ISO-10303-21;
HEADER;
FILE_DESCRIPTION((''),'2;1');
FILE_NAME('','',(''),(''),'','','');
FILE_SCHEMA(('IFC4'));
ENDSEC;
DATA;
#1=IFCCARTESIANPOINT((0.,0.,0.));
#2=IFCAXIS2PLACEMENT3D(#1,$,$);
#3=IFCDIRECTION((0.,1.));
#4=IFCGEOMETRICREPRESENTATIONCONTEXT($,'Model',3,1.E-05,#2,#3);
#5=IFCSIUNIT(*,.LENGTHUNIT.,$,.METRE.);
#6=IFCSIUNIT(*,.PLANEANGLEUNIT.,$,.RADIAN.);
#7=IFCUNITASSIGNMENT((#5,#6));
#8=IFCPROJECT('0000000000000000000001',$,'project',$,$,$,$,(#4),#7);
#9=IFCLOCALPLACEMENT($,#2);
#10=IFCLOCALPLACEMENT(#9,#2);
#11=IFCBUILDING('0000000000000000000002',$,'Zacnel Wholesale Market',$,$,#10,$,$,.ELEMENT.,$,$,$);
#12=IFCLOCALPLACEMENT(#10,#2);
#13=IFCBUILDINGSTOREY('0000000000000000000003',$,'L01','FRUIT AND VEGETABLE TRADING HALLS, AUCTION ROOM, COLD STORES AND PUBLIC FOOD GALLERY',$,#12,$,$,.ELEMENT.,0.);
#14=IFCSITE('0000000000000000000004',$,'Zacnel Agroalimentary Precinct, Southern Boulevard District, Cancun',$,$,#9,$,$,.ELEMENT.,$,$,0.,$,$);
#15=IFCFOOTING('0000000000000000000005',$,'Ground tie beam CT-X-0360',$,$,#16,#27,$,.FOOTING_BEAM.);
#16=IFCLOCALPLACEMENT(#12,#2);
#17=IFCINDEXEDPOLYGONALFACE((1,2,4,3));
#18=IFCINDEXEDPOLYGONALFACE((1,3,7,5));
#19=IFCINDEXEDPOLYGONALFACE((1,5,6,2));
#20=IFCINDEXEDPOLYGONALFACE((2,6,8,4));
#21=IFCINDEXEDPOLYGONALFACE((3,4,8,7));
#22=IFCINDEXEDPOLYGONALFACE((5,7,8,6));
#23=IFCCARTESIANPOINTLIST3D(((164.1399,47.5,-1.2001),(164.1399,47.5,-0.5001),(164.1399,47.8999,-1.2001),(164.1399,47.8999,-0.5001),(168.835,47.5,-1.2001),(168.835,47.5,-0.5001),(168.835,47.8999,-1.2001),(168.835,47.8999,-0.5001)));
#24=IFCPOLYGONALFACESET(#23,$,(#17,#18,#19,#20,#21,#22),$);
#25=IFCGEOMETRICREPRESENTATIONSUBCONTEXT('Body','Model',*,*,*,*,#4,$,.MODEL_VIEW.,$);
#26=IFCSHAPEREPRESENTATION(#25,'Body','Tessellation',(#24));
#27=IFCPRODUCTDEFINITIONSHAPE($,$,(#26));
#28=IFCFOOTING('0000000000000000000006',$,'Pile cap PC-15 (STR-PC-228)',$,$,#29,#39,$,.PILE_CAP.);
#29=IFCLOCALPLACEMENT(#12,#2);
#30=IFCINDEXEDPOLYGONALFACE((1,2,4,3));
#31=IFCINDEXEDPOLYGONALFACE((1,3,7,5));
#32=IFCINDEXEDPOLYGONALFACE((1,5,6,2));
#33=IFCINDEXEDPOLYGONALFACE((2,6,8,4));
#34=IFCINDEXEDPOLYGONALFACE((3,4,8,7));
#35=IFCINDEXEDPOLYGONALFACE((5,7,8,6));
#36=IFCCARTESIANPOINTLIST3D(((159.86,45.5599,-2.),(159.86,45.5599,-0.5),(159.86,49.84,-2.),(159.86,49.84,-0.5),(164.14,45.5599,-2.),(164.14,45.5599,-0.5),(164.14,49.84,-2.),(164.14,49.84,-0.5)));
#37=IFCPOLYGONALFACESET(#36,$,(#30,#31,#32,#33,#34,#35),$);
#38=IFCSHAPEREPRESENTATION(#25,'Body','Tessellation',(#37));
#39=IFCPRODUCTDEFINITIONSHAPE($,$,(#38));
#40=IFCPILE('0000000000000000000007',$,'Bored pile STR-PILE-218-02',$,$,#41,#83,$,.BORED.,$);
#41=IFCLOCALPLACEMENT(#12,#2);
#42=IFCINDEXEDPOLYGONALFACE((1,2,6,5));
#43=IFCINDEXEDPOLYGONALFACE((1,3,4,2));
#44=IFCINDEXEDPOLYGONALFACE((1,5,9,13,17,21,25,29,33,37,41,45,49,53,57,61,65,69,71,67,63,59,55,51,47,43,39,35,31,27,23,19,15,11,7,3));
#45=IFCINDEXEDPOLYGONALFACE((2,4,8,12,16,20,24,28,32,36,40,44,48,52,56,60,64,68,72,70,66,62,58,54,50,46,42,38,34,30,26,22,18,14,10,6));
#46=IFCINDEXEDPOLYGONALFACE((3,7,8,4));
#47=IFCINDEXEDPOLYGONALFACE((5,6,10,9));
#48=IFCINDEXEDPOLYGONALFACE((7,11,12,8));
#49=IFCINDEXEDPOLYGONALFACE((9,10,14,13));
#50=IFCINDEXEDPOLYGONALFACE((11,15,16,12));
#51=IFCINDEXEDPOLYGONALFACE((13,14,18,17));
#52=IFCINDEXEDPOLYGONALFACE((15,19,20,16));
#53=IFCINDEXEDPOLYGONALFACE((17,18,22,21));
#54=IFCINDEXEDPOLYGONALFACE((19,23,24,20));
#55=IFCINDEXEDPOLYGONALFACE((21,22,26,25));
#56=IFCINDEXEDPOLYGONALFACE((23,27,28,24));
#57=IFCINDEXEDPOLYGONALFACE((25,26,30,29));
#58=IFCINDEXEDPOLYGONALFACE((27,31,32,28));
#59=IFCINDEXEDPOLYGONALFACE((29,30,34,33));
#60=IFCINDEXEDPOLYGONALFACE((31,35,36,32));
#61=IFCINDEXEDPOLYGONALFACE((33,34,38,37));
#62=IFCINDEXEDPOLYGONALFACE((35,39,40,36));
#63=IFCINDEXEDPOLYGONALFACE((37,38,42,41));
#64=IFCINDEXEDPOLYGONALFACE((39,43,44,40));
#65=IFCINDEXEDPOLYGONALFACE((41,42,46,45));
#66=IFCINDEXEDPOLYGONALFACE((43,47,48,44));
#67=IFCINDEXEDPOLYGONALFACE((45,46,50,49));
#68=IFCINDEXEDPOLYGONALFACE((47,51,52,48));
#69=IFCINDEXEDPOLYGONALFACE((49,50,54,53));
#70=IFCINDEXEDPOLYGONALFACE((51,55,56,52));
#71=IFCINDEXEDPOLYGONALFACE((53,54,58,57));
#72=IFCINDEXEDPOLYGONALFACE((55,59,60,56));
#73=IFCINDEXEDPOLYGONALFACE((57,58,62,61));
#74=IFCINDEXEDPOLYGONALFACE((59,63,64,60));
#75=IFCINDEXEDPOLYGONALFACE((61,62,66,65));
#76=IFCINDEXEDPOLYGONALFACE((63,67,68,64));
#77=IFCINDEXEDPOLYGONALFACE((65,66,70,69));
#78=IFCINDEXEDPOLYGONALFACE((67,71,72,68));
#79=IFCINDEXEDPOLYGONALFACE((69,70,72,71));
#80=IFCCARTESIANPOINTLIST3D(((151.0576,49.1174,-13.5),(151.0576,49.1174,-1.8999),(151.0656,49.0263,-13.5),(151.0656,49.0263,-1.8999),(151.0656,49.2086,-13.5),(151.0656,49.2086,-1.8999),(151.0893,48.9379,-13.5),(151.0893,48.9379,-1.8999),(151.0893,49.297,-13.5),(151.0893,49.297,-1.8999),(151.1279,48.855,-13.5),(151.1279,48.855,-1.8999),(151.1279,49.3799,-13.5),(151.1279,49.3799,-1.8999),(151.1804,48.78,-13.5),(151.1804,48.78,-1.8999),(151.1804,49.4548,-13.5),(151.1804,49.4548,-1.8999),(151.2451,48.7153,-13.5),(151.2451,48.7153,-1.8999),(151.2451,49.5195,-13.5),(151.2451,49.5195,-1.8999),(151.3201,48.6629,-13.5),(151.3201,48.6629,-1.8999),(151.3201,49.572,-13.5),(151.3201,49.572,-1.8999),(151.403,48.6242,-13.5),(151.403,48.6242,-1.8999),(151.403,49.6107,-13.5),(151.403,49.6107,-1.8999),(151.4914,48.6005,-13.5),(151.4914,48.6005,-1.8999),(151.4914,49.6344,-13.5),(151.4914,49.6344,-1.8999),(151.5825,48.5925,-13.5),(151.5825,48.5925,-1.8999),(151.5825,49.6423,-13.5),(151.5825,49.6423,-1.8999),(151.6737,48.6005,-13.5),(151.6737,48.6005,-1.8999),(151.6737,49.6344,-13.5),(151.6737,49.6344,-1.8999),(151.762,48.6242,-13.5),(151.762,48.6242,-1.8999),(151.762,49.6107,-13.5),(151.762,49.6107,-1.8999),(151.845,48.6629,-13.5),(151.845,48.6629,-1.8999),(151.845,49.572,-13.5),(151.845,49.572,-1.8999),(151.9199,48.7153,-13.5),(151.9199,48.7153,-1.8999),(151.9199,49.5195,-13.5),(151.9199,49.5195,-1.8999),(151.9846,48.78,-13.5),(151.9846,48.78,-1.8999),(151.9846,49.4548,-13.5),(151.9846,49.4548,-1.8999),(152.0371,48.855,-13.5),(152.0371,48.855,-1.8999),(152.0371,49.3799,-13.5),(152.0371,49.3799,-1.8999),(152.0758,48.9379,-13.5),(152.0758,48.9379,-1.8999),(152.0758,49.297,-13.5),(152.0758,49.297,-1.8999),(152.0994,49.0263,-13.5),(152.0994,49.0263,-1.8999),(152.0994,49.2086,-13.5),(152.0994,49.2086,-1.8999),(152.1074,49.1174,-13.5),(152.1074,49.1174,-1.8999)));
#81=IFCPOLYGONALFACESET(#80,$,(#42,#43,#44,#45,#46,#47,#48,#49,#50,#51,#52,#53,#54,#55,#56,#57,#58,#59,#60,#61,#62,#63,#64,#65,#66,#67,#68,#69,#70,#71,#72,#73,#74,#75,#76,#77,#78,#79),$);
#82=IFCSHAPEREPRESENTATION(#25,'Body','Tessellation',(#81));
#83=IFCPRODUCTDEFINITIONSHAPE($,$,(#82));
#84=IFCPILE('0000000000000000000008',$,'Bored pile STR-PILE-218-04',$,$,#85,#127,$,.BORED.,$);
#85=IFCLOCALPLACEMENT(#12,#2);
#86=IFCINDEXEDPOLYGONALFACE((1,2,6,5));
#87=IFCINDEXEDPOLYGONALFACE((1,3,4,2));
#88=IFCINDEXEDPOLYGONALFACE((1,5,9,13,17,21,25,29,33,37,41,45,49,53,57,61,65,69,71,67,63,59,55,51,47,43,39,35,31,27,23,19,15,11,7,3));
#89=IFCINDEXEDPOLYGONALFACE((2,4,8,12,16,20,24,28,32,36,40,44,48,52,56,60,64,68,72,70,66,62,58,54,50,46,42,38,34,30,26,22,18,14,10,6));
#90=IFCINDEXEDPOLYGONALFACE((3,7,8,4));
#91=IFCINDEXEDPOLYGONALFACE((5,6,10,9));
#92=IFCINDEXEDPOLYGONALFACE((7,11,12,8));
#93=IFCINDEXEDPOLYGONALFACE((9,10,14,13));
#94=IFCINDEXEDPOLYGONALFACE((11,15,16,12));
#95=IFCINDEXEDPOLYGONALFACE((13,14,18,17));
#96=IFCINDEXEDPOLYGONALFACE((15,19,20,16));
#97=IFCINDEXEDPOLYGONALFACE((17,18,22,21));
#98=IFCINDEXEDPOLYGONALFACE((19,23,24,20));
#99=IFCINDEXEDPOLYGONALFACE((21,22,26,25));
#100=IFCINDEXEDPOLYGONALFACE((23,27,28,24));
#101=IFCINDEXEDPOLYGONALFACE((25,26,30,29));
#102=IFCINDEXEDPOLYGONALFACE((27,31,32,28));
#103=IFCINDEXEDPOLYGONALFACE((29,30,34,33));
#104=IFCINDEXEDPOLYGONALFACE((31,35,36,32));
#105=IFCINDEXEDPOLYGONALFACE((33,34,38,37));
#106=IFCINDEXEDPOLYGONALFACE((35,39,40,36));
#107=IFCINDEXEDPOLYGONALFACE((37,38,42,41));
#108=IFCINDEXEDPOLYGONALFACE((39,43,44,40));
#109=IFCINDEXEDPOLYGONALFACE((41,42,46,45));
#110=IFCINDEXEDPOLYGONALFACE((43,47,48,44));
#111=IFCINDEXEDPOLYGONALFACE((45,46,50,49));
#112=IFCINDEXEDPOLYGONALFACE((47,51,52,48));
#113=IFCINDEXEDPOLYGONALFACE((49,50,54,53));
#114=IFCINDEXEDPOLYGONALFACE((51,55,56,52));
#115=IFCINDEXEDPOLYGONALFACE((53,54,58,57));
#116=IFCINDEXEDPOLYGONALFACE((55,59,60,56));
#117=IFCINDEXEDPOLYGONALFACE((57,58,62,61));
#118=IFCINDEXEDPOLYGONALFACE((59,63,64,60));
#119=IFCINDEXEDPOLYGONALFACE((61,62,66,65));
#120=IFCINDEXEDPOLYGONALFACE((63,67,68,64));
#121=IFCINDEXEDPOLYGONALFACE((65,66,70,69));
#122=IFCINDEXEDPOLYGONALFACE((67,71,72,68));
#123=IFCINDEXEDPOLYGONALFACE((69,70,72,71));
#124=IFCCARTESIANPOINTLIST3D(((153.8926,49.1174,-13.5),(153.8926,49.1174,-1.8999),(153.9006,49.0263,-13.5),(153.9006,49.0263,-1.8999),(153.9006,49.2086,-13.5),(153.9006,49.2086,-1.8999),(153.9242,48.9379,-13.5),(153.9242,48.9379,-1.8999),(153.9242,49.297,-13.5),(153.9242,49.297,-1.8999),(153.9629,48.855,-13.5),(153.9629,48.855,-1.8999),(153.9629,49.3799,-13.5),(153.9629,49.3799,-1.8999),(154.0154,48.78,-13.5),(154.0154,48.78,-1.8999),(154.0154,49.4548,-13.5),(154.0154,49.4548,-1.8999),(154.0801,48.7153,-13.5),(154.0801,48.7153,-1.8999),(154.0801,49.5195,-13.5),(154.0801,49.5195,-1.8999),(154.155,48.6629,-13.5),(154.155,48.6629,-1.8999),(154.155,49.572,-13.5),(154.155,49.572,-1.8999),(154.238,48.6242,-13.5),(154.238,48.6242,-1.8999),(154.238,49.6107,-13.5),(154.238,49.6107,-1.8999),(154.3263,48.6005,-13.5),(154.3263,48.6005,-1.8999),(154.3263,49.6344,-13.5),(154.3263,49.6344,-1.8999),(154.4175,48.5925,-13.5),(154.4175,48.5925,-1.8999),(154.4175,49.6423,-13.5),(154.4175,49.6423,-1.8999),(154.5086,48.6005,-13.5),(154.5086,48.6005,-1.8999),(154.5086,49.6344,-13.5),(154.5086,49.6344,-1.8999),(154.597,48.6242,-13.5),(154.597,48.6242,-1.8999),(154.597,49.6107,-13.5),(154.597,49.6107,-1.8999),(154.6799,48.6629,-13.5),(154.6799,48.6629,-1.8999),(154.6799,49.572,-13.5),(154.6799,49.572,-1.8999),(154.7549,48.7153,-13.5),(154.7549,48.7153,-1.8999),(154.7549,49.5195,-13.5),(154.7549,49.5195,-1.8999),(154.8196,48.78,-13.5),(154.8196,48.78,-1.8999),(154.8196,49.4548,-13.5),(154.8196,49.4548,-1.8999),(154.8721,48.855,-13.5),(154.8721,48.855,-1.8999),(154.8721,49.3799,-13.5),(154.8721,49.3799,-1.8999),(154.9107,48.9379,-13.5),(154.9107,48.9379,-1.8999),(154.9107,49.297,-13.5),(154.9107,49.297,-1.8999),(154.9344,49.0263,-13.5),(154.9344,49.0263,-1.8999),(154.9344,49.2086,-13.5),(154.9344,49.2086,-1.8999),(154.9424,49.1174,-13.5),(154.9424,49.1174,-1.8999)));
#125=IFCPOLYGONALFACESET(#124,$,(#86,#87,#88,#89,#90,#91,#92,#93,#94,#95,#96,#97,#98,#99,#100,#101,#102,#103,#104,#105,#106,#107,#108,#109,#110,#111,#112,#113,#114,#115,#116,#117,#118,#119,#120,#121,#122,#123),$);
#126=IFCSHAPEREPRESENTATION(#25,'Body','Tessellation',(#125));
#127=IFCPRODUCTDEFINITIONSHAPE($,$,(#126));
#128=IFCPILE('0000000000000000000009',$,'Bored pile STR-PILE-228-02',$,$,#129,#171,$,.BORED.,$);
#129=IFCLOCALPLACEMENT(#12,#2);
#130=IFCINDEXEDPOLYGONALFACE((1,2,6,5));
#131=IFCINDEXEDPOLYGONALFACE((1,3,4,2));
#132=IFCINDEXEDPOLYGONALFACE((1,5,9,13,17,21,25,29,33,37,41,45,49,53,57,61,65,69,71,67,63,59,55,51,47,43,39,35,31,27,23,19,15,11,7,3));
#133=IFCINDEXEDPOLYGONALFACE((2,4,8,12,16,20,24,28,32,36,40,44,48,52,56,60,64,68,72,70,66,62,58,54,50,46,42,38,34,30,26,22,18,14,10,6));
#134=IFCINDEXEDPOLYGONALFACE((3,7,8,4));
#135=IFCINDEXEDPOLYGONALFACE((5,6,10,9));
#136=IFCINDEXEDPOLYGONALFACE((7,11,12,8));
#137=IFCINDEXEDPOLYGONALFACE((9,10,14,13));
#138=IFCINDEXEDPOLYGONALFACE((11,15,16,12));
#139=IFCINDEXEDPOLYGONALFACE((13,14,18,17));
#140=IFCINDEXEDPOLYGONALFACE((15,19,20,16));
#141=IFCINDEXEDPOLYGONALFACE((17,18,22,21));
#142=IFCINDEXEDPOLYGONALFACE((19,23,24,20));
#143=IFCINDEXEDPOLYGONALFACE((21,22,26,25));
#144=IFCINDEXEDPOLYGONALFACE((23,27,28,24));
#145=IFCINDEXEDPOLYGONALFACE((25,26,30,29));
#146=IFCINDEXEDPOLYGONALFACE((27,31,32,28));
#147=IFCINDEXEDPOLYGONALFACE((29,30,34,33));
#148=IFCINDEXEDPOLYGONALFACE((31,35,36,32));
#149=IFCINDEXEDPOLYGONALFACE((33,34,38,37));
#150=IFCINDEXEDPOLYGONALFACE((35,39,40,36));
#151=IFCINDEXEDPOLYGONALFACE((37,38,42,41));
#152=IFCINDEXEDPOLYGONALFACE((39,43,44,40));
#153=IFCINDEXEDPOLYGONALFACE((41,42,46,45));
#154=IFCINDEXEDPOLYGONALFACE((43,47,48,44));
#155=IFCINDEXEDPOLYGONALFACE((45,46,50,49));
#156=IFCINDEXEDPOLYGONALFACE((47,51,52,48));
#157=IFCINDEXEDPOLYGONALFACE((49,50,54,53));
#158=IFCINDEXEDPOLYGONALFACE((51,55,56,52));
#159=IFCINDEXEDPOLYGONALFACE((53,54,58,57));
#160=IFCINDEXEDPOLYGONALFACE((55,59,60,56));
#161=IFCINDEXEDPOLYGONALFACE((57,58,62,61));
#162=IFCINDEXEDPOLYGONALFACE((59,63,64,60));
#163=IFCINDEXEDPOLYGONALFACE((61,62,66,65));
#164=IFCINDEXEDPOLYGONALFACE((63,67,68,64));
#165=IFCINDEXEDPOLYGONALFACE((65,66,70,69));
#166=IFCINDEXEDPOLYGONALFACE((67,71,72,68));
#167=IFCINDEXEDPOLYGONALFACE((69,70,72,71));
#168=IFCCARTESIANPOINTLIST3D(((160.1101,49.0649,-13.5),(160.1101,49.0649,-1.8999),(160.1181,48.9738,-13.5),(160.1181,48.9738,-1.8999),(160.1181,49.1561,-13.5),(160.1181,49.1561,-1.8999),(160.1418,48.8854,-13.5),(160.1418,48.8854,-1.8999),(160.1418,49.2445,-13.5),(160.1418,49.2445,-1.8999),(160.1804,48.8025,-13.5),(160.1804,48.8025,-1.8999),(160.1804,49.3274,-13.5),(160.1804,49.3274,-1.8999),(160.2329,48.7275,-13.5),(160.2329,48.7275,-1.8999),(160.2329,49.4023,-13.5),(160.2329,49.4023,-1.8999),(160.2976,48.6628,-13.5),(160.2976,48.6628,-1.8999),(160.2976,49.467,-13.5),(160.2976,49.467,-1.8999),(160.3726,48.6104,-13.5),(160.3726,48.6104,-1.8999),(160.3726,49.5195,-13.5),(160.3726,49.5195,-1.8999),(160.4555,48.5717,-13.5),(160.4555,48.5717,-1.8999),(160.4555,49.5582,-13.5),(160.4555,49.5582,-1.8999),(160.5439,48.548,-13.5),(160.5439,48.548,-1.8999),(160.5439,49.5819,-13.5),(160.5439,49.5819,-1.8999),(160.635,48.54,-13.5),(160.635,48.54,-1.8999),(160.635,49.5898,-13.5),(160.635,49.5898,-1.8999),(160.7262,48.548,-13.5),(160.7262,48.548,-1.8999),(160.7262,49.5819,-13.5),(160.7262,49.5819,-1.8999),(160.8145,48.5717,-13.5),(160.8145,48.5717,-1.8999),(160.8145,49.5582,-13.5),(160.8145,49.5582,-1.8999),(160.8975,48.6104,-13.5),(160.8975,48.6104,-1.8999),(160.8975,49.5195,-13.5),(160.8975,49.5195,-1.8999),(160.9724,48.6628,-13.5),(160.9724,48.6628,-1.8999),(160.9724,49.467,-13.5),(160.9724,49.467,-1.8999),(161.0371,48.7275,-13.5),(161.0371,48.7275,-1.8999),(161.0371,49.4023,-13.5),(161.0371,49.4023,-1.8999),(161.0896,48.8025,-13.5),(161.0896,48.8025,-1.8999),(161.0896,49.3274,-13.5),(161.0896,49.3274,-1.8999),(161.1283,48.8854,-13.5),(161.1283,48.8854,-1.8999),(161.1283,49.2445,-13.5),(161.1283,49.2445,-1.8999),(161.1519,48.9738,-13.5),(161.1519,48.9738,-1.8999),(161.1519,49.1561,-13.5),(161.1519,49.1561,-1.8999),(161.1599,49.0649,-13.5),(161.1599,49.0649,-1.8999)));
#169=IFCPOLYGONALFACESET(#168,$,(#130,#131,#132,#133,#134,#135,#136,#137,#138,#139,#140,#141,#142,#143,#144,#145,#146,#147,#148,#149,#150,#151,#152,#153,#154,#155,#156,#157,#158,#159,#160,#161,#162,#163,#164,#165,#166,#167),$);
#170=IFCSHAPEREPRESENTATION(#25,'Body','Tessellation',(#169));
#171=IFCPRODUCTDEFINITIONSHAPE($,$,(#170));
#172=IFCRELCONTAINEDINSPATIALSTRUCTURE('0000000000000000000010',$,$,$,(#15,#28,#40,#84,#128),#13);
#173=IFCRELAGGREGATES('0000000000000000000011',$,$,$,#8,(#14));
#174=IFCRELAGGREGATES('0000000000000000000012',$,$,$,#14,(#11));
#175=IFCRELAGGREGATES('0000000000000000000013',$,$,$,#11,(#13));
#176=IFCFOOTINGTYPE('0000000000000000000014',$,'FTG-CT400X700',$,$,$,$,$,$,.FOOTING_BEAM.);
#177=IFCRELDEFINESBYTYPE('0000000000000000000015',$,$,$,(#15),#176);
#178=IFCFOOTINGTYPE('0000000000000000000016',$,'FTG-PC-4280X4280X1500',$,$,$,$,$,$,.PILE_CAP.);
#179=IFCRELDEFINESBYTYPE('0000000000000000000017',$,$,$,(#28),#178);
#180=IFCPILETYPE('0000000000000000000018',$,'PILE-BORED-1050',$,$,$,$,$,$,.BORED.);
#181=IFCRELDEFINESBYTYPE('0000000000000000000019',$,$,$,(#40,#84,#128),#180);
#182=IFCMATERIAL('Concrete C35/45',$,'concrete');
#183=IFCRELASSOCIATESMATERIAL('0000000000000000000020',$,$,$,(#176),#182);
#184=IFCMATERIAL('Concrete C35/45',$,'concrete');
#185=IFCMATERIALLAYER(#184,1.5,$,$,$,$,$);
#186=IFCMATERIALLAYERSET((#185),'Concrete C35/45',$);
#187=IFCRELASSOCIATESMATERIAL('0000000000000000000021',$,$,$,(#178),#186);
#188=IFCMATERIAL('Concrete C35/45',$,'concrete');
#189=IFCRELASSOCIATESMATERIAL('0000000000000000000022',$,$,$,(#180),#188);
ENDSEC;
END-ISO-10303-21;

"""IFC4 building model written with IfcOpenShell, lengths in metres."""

from ifc_helpers import new_model, si_unit, direction, frame, origin, origin_2d, place, context, subcontext, project, spatial, rectangle, circle, extrude, material, layer, layer_set, material_profile, profile_set, type_object, element, save


model = new_model("IFC4")

# Units and contexts
model_context = context("Model", 3, precision=1e-05, world=origin(), true_north=direction((0.0, 1.0)))
body_context = subcontext(model_context, "Body", "Model", "MODEL_VIEW")
ifc_project = project(units=[si_unit("LENGTHUNIT", "METRE"), si_unit("PLANEANGLEUNIT", "RADIAN")], contexts=[model_context])

# Site, building, storey
site_placement = place(None, origin())
site = spatial("IfcSite", under=ifc_project, at=site_placement, Name="Zacnel Agroalimentary Precinct, Southern Boulevard District, Cancun", CompositionType="ELEMENT", RefElevation=0.0)
building_placement = place(site_placement, origin())
building = spatial("IfcBuilding", under=site, at=building_placement, Name="Zacnel Wholesale Market", CompositionType="ELEMENT")
storey_placement = place(building_placement, origin())
storey = spatial("IfcBuildingStorey", under=building, at=storey_placement, Name="L01", Description="FRUIT AND VEGETABLE TRADING HALLS, AUCTION ROOM, COLD STORES AND PUBLIC FOOD GALLERY", CompositionType="ELEMENT", Elevation=0.0)

# Footings
ifc_material_1 = material(Name="Concrete C35/45", Category="concrete")
ifc_material_profile_1 = material_profile(ifc_material_1, rectangle(XDim=0.3999, YDim=0.7, at=origin_2d()), Name="CT 400x700")
ifc_profile_set_1 = profile_set([ifc_material_profile_1], Name="Concrete C35/45")
footing_type_1 = type_object("IfcFootingType", Name="FTG-CT400X700", PredefinedType="FOOTING_BEAM", material=ifc_profile_set_1)
footing_1_placement = place(storey_placement, frame((164.1399, 47.7, -0.8501), z_axis=(1.0, 0.0, 0.0), x_axis=(0.0, 1.0, 0.0)))
element("IfcFooting", 1, at=footing_1_placement, inside=storey, type_object=footing_type_1, Name="Ground tie beam CT-X-0360", PredefinedType="FOOTING_BEAM", context=body_context, shape_type="SweptSolid", body=[
    extrude(rectangle(XDim=0.3999, YDim=0.7, at=origin_2d()), origin(), (0.0, 0.0, 1.0), 4.6951),
])
ifc_material_2 = material(Name="Concrete C35/45", Category="concrete")
ifc_layer_1 = layer(ifc_material_2, 1.5)
ifc_layer_set_1 = layer_set([ifc_layer_1], Name="Concrete C35/45")
footing_type_2 = type_object("IfcFootingType", Name="FTG-PC-4280X4280X1500", PredefinedType="PILE_CAP", material=ifc_layer_set_1)
footing_2_placement = place(storey_placement, frame((162.0, 47.7, -2.0), z_axis=(0.0, 0.0, 1.0), x_axis=(1.0, 0.0, 0.0)))
element("IfcFooting", 2, at=footing_2_placement, inside=storey, type_object=footing_type_2, Name="Pile cap PC-15 (STR-PC-228)", PredefinedType="PILE_CAP", context=body_context, shape_type="SweptSolid", body=[
    extrude(rectangle(XDim=4.28, YDim=4.28, at=origin_2d()), origin(), (0.0, 0.0, 1.0), 1.5),
])

# Piles
ifc_material_3 = material(Name="Concrete C35/45", Category="concrete")
ifc_material_profile_2 = material_profile(ifc_material_3, circle(Radius=0.5249, at=origin_2d()), Name="BORED PILE D1050")
ifc_profile_set_2 = profile_set([ifc_material_profile_2], Name="Concrete C35/45")
pile_type = type_object("IfcPileType", Name="PILE-BORED-1050", PredefinedType="BORED", material=ifc_profile_set_2)
for number, where, z_axis, x_axis, name in (
    (3, (151.5825, 49.1174, -1.8999), (0.0, 0.0, -1.0), (1.0, 0.0, 0.0), "Bored pile STR-PILE-218-02"),
    (4, (154.4175, 49.1174, -1.8999), (0.0, 0.0, -1.0), (1.0, 0.0, 0.0), "Bored pile STR-PILE-218-04"),
    (5, (160.635, 49.0649, -1.8999), (0.0, 0.0, -1.0), (1.0, 0.0, 0.0), "Bored pile STR-PILE-228-02"),
):
    element("IfcPile", number, at=place(storey_placement, frame(where, z_axis=z_axis, x_axis=x_axis)), inside=storey, type_object=pile_type, Name=name, PredefinedType="BORED", context=body_context, shape_type="SweptSolid", body=[
        extrude(circle(Radius=0.5249, at=origin_2d()), origin(), (0.0, 0.0, 1.0), 11.6001),
    ])

save(model, "model.ifc")
